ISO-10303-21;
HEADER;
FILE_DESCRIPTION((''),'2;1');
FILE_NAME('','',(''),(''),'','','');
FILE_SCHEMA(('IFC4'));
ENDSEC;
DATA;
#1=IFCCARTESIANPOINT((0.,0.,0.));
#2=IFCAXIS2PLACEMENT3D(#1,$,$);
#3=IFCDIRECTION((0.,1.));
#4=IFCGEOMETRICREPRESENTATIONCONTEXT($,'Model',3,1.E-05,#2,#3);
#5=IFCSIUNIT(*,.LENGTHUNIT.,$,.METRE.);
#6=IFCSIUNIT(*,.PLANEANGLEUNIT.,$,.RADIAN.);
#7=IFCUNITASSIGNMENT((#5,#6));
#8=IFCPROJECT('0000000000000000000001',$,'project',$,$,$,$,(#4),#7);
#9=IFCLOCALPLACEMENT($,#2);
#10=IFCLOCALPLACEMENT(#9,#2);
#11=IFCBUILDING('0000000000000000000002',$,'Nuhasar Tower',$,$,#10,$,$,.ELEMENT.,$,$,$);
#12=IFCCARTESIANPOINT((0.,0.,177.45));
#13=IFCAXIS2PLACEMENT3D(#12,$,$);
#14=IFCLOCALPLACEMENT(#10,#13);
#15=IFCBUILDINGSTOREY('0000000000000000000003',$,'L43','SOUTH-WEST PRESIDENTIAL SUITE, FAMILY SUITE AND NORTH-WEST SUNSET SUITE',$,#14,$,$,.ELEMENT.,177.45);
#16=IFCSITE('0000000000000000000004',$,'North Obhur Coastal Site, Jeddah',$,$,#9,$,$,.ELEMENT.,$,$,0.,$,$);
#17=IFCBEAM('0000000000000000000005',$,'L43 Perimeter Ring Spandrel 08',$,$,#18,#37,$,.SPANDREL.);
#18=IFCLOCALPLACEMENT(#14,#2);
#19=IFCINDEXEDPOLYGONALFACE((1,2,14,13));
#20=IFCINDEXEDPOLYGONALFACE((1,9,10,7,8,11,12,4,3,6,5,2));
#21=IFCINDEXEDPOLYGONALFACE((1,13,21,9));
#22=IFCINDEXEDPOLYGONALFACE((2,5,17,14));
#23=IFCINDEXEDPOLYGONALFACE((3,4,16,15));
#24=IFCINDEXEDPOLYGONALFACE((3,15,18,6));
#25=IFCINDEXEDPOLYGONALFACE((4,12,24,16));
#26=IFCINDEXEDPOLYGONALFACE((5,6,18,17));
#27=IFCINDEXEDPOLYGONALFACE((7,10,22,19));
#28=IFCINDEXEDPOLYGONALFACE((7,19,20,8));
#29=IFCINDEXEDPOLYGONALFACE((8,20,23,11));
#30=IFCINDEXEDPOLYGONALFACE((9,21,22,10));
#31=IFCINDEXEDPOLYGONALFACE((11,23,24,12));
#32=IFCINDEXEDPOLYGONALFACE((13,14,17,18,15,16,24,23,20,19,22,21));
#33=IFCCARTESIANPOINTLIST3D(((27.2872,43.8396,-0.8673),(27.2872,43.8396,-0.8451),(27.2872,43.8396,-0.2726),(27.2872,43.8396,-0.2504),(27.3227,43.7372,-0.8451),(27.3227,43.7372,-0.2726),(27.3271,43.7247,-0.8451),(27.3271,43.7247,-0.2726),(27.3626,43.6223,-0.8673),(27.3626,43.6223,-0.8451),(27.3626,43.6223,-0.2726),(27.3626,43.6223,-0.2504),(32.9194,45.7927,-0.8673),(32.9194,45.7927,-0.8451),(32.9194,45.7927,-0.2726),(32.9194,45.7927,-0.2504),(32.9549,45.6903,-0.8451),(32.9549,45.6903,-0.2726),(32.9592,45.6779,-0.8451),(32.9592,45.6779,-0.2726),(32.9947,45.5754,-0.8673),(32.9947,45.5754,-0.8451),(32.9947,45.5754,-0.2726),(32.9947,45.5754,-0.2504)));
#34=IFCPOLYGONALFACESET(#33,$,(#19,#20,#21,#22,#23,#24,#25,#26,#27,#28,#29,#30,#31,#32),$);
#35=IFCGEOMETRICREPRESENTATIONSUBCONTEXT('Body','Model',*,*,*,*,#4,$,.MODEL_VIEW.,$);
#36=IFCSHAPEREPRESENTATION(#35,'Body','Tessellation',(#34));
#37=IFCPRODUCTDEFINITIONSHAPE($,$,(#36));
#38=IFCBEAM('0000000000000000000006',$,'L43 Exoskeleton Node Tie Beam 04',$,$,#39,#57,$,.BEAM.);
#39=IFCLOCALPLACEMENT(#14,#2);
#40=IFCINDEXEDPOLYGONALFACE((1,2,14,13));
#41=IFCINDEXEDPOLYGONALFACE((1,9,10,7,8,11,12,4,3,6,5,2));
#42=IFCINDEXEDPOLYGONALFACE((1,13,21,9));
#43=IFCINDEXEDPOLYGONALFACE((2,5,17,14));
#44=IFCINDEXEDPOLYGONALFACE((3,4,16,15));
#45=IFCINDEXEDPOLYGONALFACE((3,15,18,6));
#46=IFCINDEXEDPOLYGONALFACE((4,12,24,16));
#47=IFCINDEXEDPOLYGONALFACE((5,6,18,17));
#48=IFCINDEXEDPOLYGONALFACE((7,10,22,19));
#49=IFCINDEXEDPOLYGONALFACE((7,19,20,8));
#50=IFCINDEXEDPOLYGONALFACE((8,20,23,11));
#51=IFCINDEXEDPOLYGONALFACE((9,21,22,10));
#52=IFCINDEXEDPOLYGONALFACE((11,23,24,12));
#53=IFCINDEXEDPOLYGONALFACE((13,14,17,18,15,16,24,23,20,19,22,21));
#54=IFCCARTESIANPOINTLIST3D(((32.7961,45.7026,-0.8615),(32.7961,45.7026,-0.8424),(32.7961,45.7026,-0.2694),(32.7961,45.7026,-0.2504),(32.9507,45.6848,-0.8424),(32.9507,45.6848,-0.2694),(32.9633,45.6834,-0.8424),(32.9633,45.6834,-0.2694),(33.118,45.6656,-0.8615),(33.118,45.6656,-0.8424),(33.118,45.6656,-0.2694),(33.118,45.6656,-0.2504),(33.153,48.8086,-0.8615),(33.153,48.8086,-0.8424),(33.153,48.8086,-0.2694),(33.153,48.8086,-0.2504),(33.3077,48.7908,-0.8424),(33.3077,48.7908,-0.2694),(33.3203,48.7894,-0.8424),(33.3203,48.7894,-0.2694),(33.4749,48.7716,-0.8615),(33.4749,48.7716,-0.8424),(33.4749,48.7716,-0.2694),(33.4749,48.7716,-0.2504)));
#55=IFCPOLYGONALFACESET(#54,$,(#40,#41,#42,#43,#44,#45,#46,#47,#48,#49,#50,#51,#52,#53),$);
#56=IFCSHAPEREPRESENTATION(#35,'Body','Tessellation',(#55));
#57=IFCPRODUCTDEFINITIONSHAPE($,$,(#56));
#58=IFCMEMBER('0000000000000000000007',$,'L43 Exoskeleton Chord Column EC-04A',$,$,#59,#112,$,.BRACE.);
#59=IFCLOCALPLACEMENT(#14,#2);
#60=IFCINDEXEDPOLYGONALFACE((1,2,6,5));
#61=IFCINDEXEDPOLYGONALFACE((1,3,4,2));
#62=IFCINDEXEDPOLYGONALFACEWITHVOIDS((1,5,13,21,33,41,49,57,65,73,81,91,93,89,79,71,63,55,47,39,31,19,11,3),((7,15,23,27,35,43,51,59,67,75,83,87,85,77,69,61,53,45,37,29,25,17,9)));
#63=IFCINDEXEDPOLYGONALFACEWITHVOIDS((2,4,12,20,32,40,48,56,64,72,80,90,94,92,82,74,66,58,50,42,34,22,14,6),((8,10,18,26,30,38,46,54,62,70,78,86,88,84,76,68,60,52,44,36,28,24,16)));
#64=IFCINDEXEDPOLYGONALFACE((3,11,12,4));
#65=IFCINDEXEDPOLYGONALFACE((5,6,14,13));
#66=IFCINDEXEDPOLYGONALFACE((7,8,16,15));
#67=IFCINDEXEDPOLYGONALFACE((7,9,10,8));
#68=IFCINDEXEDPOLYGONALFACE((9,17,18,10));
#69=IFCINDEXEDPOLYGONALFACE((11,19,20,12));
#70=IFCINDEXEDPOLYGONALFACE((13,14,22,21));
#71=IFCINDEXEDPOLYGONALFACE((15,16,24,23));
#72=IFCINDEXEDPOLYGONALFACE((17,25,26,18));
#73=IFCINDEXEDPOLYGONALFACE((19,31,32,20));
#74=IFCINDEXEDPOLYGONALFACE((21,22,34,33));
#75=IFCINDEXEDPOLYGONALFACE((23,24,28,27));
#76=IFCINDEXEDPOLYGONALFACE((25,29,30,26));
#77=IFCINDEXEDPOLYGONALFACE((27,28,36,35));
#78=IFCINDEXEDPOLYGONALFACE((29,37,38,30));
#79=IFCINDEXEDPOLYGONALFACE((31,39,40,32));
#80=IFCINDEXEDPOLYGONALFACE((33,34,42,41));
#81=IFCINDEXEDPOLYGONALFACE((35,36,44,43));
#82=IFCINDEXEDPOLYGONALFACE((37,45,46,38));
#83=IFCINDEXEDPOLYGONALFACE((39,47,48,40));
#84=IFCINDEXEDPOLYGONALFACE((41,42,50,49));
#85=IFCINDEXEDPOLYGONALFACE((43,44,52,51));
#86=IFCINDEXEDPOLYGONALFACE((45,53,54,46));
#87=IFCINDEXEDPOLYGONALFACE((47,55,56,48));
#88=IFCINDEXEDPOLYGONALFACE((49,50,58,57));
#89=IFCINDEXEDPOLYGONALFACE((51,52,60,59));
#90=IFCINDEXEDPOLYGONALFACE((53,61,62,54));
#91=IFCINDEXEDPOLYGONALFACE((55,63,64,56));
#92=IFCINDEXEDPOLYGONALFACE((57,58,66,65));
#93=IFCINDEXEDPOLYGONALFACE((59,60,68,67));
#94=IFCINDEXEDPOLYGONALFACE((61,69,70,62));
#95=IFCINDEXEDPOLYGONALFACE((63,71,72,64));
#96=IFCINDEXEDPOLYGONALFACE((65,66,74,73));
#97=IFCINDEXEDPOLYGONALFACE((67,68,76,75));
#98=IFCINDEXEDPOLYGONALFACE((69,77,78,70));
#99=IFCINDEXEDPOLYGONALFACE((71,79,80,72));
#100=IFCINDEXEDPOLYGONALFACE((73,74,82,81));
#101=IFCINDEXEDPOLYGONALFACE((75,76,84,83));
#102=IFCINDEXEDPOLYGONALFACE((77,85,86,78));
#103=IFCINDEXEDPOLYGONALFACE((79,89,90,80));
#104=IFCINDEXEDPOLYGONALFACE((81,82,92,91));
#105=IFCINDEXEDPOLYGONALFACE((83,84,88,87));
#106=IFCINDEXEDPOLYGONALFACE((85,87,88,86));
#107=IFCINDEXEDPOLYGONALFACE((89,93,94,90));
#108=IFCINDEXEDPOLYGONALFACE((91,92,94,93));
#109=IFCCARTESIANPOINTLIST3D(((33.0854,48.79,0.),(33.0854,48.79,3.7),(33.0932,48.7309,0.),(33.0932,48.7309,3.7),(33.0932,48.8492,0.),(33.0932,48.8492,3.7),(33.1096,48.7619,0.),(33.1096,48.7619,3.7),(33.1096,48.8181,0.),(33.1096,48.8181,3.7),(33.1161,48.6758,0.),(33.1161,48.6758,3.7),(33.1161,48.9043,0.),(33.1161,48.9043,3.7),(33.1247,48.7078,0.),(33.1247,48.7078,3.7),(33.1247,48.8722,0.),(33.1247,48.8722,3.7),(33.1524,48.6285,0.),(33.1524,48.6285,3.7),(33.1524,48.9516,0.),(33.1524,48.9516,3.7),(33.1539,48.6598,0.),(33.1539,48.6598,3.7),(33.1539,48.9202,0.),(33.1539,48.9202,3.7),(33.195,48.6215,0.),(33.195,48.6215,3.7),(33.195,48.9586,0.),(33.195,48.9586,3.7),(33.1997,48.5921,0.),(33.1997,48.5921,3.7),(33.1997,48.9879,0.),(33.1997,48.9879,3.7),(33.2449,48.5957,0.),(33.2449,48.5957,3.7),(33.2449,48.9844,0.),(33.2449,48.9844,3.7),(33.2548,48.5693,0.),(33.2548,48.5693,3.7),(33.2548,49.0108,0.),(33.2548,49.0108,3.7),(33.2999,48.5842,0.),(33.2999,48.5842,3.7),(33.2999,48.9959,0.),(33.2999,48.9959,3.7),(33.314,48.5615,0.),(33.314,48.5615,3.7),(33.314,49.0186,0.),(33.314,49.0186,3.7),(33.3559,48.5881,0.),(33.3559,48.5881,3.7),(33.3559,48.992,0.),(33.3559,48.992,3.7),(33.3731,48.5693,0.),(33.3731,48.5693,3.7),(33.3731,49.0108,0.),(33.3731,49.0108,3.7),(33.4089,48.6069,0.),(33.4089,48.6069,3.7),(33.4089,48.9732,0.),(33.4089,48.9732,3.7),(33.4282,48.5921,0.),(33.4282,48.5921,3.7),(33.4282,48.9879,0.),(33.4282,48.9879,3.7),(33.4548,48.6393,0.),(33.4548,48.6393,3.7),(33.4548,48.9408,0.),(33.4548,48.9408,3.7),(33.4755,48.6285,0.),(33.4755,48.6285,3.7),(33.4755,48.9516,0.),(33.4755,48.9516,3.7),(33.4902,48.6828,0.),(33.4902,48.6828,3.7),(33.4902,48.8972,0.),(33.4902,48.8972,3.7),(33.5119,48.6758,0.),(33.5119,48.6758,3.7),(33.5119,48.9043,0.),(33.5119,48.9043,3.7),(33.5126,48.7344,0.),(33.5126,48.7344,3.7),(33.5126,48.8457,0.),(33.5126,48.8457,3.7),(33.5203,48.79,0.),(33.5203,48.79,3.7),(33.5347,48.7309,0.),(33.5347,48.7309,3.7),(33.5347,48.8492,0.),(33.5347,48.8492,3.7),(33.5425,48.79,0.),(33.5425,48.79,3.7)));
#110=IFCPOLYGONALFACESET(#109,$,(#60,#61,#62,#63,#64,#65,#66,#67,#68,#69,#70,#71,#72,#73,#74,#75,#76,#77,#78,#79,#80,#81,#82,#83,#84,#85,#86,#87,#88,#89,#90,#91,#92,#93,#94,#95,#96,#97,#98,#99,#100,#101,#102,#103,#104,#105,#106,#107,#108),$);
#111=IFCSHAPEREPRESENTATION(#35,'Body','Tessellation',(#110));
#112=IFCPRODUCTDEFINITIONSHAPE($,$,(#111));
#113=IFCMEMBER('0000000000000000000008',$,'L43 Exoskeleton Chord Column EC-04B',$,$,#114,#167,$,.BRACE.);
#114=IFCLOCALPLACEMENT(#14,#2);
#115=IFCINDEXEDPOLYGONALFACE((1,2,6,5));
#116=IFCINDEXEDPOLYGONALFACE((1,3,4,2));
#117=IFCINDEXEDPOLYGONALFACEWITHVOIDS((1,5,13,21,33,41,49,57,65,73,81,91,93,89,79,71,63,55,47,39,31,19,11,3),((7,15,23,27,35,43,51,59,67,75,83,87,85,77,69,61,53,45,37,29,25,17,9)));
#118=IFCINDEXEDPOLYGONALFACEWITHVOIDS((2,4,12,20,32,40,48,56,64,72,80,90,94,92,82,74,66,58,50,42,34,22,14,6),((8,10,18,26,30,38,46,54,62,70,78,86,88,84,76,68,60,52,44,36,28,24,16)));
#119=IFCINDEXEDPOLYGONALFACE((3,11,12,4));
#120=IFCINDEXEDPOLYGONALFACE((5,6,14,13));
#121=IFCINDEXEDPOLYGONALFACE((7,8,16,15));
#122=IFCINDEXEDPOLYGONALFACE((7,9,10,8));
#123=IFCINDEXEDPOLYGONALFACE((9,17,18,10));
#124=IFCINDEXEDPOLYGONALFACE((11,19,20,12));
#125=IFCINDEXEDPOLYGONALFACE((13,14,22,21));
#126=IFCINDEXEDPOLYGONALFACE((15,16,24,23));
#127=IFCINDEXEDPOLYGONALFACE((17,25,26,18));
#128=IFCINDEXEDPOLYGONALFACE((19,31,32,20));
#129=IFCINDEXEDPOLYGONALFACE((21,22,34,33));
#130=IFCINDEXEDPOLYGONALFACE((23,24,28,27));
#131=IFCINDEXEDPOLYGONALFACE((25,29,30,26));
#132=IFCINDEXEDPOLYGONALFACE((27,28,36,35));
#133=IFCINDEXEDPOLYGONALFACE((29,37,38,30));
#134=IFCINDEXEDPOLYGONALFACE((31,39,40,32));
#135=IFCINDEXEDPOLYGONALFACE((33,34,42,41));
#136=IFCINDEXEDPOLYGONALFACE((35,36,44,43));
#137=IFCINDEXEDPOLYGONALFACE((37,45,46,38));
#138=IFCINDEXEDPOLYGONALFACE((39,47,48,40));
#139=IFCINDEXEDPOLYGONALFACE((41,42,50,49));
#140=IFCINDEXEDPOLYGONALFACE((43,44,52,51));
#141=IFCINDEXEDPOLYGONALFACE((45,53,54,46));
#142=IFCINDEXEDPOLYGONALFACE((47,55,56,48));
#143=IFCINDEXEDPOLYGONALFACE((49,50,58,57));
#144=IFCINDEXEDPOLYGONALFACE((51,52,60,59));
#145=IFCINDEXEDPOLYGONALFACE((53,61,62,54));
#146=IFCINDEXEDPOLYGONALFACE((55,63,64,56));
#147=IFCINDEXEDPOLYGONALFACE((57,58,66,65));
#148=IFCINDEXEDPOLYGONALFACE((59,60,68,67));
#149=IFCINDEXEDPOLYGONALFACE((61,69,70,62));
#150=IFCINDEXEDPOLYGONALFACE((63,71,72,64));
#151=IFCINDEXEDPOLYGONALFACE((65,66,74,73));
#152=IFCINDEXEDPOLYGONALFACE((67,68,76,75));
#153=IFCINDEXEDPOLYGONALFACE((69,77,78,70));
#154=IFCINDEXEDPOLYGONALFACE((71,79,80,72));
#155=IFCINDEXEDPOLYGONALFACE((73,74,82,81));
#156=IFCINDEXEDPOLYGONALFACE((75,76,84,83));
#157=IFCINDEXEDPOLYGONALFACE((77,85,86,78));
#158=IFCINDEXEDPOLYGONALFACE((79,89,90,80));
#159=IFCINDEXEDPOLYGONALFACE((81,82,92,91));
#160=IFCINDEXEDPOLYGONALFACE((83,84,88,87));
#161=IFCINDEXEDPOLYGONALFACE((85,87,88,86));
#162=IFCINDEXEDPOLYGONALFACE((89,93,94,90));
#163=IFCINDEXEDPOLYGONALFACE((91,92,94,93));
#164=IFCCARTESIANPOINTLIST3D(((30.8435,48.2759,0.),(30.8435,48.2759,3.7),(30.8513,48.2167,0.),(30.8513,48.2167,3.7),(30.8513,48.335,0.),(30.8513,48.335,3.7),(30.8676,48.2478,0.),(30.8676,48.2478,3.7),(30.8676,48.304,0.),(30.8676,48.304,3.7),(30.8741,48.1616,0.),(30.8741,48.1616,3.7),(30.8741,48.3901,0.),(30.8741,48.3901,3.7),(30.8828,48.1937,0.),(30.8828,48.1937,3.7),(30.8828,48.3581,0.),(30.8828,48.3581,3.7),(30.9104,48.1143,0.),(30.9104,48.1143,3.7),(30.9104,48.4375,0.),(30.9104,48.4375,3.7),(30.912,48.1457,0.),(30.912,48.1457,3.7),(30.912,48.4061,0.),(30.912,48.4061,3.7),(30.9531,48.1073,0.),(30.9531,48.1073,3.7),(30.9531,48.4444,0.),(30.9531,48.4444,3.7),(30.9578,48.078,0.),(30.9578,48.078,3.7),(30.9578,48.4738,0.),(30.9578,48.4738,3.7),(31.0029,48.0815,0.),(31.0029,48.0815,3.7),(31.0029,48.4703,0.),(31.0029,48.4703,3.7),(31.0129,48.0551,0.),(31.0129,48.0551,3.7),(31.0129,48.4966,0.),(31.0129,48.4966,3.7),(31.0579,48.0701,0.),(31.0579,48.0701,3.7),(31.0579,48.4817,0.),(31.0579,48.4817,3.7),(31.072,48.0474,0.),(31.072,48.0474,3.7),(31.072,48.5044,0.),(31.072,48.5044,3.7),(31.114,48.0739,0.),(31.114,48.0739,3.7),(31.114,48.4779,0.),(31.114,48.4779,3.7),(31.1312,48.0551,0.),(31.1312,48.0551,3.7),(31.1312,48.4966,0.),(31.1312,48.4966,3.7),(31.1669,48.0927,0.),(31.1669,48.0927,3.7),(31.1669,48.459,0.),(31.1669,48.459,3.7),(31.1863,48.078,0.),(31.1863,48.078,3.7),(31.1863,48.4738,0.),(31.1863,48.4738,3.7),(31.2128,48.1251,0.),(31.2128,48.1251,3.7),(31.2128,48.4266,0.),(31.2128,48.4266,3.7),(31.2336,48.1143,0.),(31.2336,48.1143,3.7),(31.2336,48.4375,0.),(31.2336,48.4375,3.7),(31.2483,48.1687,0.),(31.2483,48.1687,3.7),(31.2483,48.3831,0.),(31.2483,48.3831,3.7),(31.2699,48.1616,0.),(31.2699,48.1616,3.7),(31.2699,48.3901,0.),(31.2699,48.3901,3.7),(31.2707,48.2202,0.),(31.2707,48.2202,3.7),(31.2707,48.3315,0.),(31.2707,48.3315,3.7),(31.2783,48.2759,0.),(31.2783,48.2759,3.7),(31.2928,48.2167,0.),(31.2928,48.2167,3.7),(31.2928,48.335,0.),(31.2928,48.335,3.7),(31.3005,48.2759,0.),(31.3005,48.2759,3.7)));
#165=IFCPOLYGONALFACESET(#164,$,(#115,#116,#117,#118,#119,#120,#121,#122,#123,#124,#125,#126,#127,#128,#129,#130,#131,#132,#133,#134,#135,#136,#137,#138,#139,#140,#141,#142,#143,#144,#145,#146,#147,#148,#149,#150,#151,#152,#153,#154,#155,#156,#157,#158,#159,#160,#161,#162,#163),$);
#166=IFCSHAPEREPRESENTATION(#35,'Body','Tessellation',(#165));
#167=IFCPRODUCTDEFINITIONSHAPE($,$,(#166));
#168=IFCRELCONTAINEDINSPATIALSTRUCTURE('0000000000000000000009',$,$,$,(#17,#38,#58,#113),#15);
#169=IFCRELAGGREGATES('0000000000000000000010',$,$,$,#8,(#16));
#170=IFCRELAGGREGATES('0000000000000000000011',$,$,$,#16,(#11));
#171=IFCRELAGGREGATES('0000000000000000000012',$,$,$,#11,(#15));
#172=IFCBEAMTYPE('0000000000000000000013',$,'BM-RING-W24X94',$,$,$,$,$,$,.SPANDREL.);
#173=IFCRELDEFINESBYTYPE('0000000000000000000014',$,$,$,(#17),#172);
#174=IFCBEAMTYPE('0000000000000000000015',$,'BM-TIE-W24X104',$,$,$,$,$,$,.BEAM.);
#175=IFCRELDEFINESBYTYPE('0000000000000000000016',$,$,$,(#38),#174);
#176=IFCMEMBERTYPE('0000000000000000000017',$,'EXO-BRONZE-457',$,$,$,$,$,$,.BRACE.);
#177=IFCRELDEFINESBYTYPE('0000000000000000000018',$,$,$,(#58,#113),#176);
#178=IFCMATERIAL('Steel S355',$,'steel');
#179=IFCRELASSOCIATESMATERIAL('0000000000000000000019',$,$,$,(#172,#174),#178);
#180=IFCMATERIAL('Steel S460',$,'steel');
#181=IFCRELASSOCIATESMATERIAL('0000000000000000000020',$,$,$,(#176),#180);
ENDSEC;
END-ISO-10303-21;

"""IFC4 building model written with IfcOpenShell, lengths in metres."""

from ifc_helpers import new_model, si_unit, direction, frame, origin, origin_2d, place, context, subcontext, project, spatial, hollow_circle, i_section, extrude, material, material_profile, profile_set, type_object, element, save


model = new_model("IFC4")

# Units and contexts
model_context = context("Model", 3, precision=1e-05, world=origin(), true_north=direction((0.0, 1.0)))
body_context = subcontext(model_context, "Body", "Model", "MODEL_VIEW")
ifc_project = project(units=[si_unit("LENGTHUNIT", "METRE"), si_unit("PLANEANGLEUNIT", "RADIAN")], contexts=[model_context])

# Site, building, storey
site_placement = place(None, origin())
site = spatial("IfcSite", under=ifc_project, at=site_placement, Name="North Obhur Coastal Site, Jeddah", CompositionType="ELEMENT", RefElevation=0.0)
building_placement = place(site_placement, origin())
building = spatial("IfcBuilding", under=site, at=building_placement, Name="Nuhasar Tower", CompositionType="ELEMENT")
storey_placement = place(building_placement, frame((0.0, 0.0, 177.45)))
storey = spatial("IfcBuildingStorey", under=building, at=storey_placement, Name="L43", Description="SOUTH-WEST PRESIDENTIAL SUITE, FAMILY SUITE AND NORTH-WEST SUNSET SUITE", CompositionType="ELEMENT", Elevation=177.45)

# Beams
ifc_material_1 = material(Name="Steel S355", Category="steel")
ifc_material_profile_1 = material_profile(ifc_material_1, i_section(OverallWidth=0.23, OverallDepth=0.6169, WebThickness=0.0132, FlangeThickness=0.0222, at=origin_2d()), Name="W24X94")
ifc_profile_set_1 = profile_set([ifc_material_profile_1], Name="Steel S355")
beam_type_1 = type_object("IfcBeamType", Name="BM-RING-W24X94", PredefinedType="SPANDREL", material=ifc_profile_set_1)
beam_1_placement = place(storey_placement, frame((32.957, 45.6841, -0.5588), z_axis=(-0.944801, -0.327644, 0.0), x_axis=(0.327644, -0.944801, 0.0)))
element("IfcBeam", 1, at=beam_1_placement, inside=storey, type_object=beam_type_1, Name="L43 Perimeter Ring Spandrel 08", PredefinedType="SPANDREL", context=body_context, shape_type="SweptSolid", body=[
    extrude(i_section(OverallWidth=0.23, OverallDepth=0.6169, WebThickness=0.0132, FlangeThickness=0.0222, at=origin_2d()), origin(), (0.0, 0.0, 1.0), 5.9612),
])
ifc_material_profile_2 = material_profile(ifc_material_1, i_section(OverallWidth=0.324, OverallDepth=0.6111, WebThickness=0.0127, FlangeThickness=0.019, at=origin_2d()), Name="W24X104")
ifc_profile_set_2 = profile_set([ifc_material_profile_2], Name="Steel S355")
beam_type_2 = type_object("IfcBeamType", Name="BM-TIE-W24X104", PredefinedType="BEAM", material=ifc_profile_set_2)
beam_2_placement = place(storey_placement, frame((32.957, 45.6841, -0.5559), z_axis=(0.114168, 0.993461, 0.0), x_axis=(-0.993461, 0.114168, 0.0)))
element("IfcBeam", 2, at=beam_2_placement, inside=storey, type_object=beam_type_2, Name="L43 Exoskeleton Node Tie Beam 04", PredefinedType="BEAM", context=body_context, shape_type="SweptSolid", body=[
    extrude(i_section(OverallWidth=0.324, OverallDepth=0.6111, WebThickness=0.0127, FlangeThickness=0.019, at=origin_2d()), origin(), (0.0, 0.0, 1.0), 3.1265),
])

# Members
ifc_material_2 = material(Name="Steel S460", Category="steel")
ifc_material_profile_3 = material_profile(ifc_material_2, hollow_circle(Radius=0.2285, WallThickness=0.0222, at=origin_2d()), Name="HSS457X22.2")
ifc_profile_set_3 = profile_set([ifc_material_profile_3], Name="Steel S460")
member_type = type_object("IfcMemberType", Name="EXO-BRONZE-457", PredefinedType="BRACE", material=ifc_profile_set_3)
for number, where, z_axis, x_axis, name in (
    (3, (33.314, 48.79, 0.0), (0.0, 0.0, 1.0), (1.0, 0.0, 0.0), "L43 Exoskeleton Chord Column EC-04A"),
    (4, (31.072, 48.2759, 0.0), (0.0, 0.0, 1.0), (1.0, 0.0, 0.0), "L43 Exoskeleton Chord Column EC-04B"),
):
    element("IfcMember", number, at=place(storey_placement, frame(where, z_axis=z_axis, x_axis=x_axis)), inside=storey, type_object=member_type, Name=name, PredefinedType="BRACE", context=body_context, shape_type="SweptSolid", body=[
        extrude(hollow_circle(Radius=0.2285, WallThickness=0.0222, at=origin_2d()), origin(), (0.0, 0.0, 1.0), 3.7),
    ])

save(model, "model.ifc")
